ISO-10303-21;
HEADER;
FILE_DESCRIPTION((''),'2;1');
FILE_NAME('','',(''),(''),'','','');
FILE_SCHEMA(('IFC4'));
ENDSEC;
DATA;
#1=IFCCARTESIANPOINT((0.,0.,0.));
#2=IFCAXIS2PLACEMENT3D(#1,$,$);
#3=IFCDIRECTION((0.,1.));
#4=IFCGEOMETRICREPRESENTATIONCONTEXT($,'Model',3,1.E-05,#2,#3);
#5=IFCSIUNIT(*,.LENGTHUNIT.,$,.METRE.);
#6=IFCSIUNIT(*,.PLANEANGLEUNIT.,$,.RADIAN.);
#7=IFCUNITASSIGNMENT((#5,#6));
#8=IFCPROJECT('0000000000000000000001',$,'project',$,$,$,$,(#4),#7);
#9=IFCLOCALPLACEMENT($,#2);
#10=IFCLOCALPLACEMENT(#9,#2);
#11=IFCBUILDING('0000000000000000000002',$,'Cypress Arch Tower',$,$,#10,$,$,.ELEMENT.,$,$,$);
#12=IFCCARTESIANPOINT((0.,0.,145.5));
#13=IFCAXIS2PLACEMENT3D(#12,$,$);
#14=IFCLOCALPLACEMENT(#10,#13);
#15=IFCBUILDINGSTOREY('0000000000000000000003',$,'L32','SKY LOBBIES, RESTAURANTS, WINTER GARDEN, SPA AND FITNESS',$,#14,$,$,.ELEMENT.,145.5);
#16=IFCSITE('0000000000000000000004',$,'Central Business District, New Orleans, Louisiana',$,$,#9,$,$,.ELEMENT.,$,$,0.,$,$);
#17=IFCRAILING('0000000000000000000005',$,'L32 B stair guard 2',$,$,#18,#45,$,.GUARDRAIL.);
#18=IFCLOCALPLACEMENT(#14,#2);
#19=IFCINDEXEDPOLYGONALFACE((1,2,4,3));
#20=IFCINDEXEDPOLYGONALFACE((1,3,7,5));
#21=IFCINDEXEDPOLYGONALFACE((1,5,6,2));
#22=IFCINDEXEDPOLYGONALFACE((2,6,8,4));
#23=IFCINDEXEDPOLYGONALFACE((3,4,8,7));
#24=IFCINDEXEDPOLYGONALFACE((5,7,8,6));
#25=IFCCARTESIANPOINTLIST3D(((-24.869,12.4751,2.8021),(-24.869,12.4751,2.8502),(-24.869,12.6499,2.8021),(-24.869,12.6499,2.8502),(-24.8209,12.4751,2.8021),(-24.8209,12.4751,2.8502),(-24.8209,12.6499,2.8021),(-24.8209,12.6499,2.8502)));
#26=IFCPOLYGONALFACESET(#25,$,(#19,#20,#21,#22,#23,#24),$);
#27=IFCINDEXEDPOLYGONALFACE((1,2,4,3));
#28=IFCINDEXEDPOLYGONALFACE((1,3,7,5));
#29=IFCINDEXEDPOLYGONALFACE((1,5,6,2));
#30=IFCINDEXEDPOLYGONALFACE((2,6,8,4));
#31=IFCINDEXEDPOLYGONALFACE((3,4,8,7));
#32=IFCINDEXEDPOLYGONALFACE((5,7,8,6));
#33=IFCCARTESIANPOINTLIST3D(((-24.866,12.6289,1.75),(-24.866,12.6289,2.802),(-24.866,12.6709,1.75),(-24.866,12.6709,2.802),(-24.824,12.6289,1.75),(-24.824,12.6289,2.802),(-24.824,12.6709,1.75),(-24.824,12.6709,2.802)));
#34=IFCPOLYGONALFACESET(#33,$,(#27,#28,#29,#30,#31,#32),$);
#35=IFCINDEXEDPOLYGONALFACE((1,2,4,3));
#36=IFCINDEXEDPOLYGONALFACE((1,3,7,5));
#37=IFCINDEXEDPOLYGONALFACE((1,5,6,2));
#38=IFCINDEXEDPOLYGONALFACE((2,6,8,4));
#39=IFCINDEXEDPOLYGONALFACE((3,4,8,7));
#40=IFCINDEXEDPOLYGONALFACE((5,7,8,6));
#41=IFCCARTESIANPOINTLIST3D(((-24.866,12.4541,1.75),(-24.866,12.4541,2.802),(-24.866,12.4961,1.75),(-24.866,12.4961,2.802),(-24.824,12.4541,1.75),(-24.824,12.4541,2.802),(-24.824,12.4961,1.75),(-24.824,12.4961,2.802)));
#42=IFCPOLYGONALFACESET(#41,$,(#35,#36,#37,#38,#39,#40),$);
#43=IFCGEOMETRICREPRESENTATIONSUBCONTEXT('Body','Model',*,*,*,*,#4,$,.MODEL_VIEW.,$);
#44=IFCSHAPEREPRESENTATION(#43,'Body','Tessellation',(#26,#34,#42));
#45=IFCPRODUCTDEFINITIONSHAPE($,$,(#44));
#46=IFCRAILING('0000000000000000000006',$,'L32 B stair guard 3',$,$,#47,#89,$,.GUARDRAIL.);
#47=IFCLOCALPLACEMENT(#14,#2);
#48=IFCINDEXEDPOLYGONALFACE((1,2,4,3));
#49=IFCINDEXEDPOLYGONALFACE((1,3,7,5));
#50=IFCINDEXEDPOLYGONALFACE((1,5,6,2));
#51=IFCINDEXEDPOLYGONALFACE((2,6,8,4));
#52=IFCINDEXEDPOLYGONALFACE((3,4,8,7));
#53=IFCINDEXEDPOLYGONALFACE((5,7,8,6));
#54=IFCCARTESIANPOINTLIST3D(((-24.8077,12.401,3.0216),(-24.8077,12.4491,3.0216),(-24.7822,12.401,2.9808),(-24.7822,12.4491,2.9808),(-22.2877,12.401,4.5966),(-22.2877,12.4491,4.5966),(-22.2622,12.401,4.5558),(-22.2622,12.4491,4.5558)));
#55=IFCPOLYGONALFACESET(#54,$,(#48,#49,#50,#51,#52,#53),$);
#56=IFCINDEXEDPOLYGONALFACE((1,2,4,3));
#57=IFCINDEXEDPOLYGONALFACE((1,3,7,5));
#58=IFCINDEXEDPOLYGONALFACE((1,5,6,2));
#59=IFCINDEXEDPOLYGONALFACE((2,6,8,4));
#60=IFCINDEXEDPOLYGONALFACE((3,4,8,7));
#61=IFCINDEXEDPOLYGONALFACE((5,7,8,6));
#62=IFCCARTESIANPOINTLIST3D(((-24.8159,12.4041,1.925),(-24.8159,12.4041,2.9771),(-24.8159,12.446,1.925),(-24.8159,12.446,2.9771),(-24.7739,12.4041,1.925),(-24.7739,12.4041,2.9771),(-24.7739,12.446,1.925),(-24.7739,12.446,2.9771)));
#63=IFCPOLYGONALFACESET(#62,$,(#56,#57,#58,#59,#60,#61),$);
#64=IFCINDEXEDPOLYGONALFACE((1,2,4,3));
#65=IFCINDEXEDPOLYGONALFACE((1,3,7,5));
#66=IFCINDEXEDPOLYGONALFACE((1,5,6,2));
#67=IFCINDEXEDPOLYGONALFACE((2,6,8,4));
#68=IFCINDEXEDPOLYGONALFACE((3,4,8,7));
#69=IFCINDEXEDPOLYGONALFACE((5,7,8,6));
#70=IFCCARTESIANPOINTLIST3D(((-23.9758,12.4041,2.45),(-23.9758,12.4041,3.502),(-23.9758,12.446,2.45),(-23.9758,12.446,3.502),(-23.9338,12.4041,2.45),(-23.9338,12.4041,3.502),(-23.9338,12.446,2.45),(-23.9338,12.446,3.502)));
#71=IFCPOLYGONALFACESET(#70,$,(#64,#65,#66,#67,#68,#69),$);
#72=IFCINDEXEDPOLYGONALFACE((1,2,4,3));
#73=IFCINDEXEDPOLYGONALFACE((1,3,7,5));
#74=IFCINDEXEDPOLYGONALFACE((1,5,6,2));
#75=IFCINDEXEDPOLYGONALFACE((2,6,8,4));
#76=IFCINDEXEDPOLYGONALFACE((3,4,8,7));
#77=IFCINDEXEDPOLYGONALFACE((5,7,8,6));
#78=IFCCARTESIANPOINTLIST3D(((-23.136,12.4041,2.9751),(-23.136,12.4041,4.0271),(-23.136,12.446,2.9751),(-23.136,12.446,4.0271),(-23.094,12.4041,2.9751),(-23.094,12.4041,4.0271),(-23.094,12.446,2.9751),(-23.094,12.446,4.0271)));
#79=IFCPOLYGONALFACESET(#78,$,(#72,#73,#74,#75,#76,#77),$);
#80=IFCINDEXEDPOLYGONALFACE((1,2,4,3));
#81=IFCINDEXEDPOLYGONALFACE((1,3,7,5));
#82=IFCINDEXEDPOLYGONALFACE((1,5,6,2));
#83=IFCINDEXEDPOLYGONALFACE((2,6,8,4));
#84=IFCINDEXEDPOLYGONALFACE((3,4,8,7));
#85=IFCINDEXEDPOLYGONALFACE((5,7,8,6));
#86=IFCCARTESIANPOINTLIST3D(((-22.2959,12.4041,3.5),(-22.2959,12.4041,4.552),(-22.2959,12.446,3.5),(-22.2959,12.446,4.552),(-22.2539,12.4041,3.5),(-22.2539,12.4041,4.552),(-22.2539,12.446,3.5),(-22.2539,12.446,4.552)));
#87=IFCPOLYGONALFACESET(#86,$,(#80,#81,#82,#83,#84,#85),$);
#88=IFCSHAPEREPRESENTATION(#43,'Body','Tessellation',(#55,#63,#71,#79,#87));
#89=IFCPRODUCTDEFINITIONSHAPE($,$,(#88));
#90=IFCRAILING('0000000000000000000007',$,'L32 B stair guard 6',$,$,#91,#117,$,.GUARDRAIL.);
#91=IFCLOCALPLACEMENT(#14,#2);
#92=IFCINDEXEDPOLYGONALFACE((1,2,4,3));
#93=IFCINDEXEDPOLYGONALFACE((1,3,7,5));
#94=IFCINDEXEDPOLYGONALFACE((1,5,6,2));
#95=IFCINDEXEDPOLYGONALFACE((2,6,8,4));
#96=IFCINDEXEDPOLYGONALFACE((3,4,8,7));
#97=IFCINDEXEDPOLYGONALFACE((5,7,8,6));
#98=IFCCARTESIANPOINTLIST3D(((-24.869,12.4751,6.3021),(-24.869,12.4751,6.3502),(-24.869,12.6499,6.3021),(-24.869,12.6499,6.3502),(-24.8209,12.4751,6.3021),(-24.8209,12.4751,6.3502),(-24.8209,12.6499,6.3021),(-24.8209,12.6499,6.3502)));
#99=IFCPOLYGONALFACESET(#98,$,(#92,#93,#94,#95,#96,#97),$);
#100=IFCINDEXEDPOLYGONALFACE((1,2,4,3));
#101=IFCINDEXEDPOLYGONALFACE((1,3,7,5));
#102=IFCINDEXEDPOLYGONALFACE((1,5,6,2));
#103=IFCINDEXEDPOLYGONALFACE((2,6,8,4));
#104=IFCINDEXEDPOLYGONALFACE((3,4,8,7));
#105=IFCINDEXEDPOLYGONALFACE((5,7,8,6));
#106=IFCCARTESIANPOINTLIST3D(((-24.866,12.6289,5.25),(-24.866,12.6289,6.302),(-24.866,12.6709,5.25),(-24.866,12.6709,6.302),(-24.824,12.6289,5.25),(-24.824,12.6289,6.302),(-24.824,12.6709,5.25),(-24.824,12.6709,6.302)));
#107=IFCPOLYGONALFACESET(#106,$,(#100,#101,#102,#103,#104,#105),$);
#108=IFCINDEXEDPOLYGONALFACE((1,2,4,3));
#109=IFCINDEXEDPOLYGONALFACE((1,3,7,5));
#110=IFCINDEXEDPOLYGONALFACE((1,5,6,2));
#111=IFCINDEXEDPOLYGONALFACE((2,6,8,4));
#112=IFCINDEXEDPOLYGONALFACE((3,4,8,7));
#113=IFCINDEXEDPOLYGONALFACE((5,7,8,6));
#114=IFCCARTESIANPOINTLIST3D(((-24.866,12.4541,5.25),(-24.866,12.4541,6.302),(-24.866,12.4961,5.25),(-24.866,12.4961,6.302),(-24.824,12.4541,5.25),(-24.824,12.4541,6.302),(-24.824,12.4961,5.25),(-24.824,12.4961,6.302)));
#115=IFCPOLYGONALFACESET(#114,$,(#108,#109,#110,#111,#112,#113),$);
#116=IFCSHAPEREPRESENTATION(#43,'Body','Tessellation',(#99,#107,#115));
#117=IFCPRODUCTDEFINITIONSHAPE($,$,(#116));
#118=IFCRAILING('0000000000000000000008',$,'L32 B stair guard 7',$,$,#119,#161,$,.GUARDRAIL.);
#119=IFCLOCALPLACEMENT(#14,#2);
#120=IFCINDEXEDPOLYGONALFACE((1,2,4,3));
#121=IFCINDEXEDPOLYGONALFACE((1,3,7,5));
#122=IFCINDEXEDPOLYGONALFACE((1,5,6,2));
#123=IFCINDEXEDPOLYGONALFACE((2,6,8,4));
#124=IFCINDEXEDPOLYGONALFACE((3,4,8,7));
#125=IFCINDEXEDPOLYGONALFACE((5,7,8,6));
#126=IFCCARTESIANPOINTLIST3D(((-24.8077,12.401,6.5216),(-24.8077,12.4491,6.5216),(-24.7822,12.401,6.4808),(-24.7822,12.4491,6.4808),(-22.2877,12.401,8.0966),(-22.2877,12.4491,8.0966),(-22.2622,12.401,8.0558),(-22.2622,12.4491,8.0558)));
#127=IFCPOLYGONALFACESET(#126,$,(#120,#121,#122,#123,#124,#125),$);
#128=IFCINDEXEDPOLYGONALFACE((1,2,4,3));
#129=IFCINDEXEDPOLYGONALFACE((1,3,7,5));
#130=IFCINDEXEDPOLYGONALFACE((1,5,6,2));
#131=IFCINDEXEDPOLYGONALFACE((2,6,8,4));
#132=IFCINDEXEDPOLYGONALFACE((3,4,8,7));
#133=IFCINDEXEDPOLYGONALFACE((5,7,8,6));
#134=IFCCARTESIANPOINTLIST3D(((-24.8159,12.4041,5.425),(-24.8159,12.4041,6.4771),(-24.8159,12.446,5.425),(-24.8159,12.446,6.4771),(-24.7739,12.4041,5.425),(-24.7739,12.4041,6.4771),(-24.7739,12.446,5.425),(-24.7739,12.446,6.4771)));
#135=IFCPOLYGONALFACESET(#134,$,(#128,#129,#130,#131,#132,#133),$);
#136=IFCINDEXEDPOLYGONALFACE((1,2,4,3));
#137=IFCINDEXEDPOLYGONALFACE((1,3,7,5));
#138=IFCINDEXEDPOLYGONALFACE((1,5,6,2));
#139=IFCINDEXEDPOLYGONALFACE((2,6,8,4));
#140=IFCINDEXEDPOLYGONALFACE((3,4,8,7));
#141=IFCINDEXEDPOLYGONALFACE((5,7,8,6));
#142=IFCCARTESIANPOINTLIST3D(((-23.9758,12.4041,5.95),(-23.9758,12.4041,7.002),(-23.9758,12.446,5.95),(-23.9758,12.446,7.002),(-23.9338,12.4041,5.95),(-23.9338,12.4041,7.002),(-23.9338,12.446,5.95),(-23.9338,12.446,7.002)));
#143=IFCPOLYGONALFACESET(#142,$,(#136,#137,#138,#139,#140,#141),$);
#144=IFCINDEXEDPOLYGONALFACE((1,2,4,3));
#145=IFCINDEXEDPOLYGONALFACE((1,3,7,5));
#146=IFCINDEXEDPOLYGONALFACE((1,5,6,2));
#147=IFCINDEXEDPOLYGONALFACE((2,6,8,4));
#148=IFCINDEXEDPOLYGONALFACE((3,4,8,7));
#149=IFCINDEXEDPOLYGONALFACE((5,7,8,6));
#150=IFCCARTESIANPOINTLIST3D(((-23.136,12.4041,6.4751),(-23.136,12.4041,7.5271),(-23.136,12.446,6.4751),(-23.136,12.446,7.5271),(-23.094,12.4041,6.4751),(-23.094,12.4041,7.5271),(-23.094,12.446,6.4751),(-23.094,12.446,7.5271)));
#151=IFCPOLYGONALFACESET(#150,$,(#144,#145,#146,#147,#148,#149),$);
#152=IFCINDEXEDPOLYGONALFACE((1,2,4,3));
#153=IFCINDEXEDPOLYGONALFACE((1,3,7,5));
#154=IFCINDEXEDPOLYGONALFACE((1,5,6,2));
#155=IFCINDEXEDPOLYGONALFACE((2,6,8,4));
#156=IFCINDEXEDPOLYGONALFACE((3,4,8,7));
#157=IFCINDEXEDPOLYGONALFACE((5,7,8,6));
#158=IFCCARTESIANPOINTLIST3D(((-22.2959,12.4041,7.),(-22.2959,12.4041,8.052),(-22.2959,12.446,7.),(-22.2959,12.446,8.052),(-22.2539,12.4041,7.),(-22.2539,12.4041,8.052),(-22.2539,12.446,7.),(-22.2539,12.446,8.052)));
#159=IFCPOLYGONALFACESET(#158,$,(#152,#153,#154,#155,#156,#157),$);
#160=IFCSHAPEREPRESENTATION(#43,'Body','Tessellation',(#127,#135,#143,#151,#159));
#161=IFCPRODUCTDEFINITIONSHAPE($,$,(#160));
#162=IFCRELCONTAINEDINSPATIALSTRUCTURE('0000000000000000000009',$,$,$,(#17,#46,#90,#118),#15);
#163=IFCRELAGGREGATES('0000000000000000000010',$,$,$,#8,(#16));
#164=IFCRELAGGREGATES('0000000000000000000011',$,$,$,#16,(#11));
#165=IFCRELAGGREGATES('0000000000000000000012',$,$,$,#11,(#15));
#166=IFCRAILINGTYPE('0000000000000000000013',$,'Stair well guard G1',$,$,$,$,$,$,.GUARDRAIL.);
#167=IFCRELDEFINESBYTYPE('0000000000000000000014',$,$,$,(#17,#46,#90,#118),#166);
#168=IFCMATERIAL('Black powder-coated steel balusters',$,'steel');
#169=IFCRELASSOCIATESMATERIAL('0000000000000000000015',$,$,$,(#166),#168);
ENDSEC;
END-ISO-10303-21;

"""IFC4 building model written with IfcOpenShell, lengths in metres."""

from ifc_helpers import new_model, si_unit, direction, frame, origin, origin_2d, place, context, subcontext, project, spatial, rectangle, extrude, material, type_object, element, save


model = new_model("IFC4")

# Units and contexts
model_context = context("Model", 3, precision=1e-05, world=origin(), true_north=direction((0.0, 1.0)))
body_context = subcontext(model_context, "Body", "Model", "MODEL_VIEW")
ifc_project = project(units=[si_unit("LENGTHUNIT", "METRE"), si_unit("PLANEANGLEUNIT", "RADIAN")], contexts=[model_context])

# Site, building, storey
site_placement = place(None, origin())
site = spatial("IfcSite", under=ifc_project, at=site_placement, Name="Central Business District, New Orleans, Louisiana", CompositionType="ELEMENT", RefElevation=0.0)
building_placement = place(site_placement, origin())
building = spatial("IfcBuilding", under=site, at=building_placement, Name="Cypress Arch Tower", CompositionType="ELEMENT")
storey_placement = place(building_placement, frame((0.0, 0.0, 145.5)))
storey = spatial("IfcBuildingStorey", under=building, at=storey_placement, Name="L32", Description="SKY LOBBIES, RESTAURANTS, WINTER GARDEN, SPA AND FITNESS", CompositionType="ELEMENT", Elevation=145.5)

# Railings
ifc_material_1 = material(Name="Black powder-coated steel balusters", Category="steel")
railing_type_1 = type_object("IfcRailingType", Name="Stair well guard G1", PredefinedType="GUARDRAIL", material=ifc_material_1)
railing_1_placement = place(storey_placement, frame((-24.845, 12.6499, 1.75)))
element("IfcRailing", 1, at=railing_1_placement, inside=storey, type_object=railing_type_1, Name="L32 B stair guard 2", PredefinedType="GUARDRAIL", context=body_context, shape_type="SweptSolid", body=[
    extrude(rectangle(XDim=0.0481, YDim=0.0481, at=origin_2d()), frame((0.0, 0.0, 1.0762), z_axis=(0.0, -1.0, 0.0), x_axis=(1.0, 0.0, 0.0)), (0.0, 0.0, 1.0), 0.1748),
    extrude(rectangle(XDim=0.042, YDim=0.042, at=origin_2d()), origin(), (0.0, 0.0, 1.0), 1.052),
    extrude(rectangle(XDim=0.042, YDim=0.042, at=origin_2d()), frame((0.0, -0.1748, 0.0)), (0.0, 0.0, 1.0), 1.052),
])
railing_2_placement = place(storey_placement, frame((-24.7949, 12.425, 1.925)))
element("IfcRailing", 2, at=railing_2_placement, inside=storey, type_object=railing_type_1, Name="L32 B stair guard 3", PredefinedType="GUARDRAIL", context=body_context, shape_type="SweptSolid", body=[
    extrude(rectangle(XDim=0.0481, YDim=0.0481, at=origin_2d()), frame((0.0, 0.0, 1.0762), z_axis=(0.848008, 0.0, 0.529984), x_axis=(0.0, 1.0, 0.0)), (0.0, 0.0, 1.0), 2.9717),
    extrude(rectangle(XDim=0.042, YDim=0.042, at=origin_2d()), origin(), (0.0, 0.0, 1.0), 1.052),
    extrude(rectangle(XDim=0.042, YDim=0.042, at=origin_2d()), frame((0.8401, 0.0, 0.5249)), (0.0, 0.0, 1.0), 1.052),
    extrude(rectangle(XDim=0.042, YDim=0.042, at=origin_2d()), frame((1.6799, 0.0, 1.05)), (0.0, 0.0, 1.0), 1.052),
    extrude(rectangle(XDim=0.042, YDim=0.042, at=origin_2d()), frame((2.52, 0.0, 1.575)), (0.0, 0.0, 1.0), 1.052),
])
railing_3_placement = place(storey_placement, frame((-24.845, 12.6499, 5.25)))
element("IfcRailing", 3, at=railing_3_placement, inside=storey, type_object=railing_type_1, Name="L32 B stair guard 6", PredefinedType="GUARDRAIL", context=body_context, shape_type="SweptSolid", body=[
    extrude(rectangle(XDim=0.0481, YDim=0.0481, at=origin_2d()), frame((0.0, 0.0, 1.0762), z_axis=(0.0, -1.0, 0.0), x_axis=(1.0, 0.0, 0.0)), (0.0, 0.0, 1.0), 0.1748),
    extrude(rectangle(XDim=0.042, YDim=0.042, at=origin_2d()), origin(), (0.0, 0.0, 1.0), 1.052),
    extrude(rectangle(XDim=0.042, YDim=0.042, at=origin_2d()), frame((0.0, -0.1748, 0.0)), (0.0, 0.0, 1.0), 1.052),
])
railing_4_placement = place(storey_placement, frame((-24.7949, 12.425, 5.425)))
element("IfcRailing", 4, at=railing_4_placement, inside=storey, type_object=railing_type_1, Name="L32 B stair guard 7", PredefinedType="GUARDRAIL", context=body_context, shape_type="SweptSolid", body=[
    extrude(rectangle(XDim=0.0481, YDim=0.0481, at=origin_2d()), frame((0.0, 0.0, 1.0762), z_axis=(0.848008, 0.0, 0.529984), x_axis=(0.0, 1.0, 0.0)), (0.0, 0.0, 1.0), 2.9717),
    extrude(rectangle(XDim=0.042, YDim=0.042, at=origin_2d()), origin(), (0.0, 0.0, 1.0), 1.052),
    extrude(rectangle(XDim=0.042, YDim=0.042, at=origin_2d()), frame((0.8401, 0.0, 0.5249)), (0.0, 0.0, 1.0), 1.052),
    extrude(rectangle(XDim=0.042, YDim=0.042, at=origin_2d()), frame((1.6799, 0.0, 1.05)), (0.0, 0.0, 1.0), 1.052),
    extrude(rectangle(XDim=0.042, YDim=0.042, at=origin_2d()), frame((2.52, 0.0, 1.575)), (0.0, 0.0, 1.0), 1.052),
])

save(model, "model.ifc")
